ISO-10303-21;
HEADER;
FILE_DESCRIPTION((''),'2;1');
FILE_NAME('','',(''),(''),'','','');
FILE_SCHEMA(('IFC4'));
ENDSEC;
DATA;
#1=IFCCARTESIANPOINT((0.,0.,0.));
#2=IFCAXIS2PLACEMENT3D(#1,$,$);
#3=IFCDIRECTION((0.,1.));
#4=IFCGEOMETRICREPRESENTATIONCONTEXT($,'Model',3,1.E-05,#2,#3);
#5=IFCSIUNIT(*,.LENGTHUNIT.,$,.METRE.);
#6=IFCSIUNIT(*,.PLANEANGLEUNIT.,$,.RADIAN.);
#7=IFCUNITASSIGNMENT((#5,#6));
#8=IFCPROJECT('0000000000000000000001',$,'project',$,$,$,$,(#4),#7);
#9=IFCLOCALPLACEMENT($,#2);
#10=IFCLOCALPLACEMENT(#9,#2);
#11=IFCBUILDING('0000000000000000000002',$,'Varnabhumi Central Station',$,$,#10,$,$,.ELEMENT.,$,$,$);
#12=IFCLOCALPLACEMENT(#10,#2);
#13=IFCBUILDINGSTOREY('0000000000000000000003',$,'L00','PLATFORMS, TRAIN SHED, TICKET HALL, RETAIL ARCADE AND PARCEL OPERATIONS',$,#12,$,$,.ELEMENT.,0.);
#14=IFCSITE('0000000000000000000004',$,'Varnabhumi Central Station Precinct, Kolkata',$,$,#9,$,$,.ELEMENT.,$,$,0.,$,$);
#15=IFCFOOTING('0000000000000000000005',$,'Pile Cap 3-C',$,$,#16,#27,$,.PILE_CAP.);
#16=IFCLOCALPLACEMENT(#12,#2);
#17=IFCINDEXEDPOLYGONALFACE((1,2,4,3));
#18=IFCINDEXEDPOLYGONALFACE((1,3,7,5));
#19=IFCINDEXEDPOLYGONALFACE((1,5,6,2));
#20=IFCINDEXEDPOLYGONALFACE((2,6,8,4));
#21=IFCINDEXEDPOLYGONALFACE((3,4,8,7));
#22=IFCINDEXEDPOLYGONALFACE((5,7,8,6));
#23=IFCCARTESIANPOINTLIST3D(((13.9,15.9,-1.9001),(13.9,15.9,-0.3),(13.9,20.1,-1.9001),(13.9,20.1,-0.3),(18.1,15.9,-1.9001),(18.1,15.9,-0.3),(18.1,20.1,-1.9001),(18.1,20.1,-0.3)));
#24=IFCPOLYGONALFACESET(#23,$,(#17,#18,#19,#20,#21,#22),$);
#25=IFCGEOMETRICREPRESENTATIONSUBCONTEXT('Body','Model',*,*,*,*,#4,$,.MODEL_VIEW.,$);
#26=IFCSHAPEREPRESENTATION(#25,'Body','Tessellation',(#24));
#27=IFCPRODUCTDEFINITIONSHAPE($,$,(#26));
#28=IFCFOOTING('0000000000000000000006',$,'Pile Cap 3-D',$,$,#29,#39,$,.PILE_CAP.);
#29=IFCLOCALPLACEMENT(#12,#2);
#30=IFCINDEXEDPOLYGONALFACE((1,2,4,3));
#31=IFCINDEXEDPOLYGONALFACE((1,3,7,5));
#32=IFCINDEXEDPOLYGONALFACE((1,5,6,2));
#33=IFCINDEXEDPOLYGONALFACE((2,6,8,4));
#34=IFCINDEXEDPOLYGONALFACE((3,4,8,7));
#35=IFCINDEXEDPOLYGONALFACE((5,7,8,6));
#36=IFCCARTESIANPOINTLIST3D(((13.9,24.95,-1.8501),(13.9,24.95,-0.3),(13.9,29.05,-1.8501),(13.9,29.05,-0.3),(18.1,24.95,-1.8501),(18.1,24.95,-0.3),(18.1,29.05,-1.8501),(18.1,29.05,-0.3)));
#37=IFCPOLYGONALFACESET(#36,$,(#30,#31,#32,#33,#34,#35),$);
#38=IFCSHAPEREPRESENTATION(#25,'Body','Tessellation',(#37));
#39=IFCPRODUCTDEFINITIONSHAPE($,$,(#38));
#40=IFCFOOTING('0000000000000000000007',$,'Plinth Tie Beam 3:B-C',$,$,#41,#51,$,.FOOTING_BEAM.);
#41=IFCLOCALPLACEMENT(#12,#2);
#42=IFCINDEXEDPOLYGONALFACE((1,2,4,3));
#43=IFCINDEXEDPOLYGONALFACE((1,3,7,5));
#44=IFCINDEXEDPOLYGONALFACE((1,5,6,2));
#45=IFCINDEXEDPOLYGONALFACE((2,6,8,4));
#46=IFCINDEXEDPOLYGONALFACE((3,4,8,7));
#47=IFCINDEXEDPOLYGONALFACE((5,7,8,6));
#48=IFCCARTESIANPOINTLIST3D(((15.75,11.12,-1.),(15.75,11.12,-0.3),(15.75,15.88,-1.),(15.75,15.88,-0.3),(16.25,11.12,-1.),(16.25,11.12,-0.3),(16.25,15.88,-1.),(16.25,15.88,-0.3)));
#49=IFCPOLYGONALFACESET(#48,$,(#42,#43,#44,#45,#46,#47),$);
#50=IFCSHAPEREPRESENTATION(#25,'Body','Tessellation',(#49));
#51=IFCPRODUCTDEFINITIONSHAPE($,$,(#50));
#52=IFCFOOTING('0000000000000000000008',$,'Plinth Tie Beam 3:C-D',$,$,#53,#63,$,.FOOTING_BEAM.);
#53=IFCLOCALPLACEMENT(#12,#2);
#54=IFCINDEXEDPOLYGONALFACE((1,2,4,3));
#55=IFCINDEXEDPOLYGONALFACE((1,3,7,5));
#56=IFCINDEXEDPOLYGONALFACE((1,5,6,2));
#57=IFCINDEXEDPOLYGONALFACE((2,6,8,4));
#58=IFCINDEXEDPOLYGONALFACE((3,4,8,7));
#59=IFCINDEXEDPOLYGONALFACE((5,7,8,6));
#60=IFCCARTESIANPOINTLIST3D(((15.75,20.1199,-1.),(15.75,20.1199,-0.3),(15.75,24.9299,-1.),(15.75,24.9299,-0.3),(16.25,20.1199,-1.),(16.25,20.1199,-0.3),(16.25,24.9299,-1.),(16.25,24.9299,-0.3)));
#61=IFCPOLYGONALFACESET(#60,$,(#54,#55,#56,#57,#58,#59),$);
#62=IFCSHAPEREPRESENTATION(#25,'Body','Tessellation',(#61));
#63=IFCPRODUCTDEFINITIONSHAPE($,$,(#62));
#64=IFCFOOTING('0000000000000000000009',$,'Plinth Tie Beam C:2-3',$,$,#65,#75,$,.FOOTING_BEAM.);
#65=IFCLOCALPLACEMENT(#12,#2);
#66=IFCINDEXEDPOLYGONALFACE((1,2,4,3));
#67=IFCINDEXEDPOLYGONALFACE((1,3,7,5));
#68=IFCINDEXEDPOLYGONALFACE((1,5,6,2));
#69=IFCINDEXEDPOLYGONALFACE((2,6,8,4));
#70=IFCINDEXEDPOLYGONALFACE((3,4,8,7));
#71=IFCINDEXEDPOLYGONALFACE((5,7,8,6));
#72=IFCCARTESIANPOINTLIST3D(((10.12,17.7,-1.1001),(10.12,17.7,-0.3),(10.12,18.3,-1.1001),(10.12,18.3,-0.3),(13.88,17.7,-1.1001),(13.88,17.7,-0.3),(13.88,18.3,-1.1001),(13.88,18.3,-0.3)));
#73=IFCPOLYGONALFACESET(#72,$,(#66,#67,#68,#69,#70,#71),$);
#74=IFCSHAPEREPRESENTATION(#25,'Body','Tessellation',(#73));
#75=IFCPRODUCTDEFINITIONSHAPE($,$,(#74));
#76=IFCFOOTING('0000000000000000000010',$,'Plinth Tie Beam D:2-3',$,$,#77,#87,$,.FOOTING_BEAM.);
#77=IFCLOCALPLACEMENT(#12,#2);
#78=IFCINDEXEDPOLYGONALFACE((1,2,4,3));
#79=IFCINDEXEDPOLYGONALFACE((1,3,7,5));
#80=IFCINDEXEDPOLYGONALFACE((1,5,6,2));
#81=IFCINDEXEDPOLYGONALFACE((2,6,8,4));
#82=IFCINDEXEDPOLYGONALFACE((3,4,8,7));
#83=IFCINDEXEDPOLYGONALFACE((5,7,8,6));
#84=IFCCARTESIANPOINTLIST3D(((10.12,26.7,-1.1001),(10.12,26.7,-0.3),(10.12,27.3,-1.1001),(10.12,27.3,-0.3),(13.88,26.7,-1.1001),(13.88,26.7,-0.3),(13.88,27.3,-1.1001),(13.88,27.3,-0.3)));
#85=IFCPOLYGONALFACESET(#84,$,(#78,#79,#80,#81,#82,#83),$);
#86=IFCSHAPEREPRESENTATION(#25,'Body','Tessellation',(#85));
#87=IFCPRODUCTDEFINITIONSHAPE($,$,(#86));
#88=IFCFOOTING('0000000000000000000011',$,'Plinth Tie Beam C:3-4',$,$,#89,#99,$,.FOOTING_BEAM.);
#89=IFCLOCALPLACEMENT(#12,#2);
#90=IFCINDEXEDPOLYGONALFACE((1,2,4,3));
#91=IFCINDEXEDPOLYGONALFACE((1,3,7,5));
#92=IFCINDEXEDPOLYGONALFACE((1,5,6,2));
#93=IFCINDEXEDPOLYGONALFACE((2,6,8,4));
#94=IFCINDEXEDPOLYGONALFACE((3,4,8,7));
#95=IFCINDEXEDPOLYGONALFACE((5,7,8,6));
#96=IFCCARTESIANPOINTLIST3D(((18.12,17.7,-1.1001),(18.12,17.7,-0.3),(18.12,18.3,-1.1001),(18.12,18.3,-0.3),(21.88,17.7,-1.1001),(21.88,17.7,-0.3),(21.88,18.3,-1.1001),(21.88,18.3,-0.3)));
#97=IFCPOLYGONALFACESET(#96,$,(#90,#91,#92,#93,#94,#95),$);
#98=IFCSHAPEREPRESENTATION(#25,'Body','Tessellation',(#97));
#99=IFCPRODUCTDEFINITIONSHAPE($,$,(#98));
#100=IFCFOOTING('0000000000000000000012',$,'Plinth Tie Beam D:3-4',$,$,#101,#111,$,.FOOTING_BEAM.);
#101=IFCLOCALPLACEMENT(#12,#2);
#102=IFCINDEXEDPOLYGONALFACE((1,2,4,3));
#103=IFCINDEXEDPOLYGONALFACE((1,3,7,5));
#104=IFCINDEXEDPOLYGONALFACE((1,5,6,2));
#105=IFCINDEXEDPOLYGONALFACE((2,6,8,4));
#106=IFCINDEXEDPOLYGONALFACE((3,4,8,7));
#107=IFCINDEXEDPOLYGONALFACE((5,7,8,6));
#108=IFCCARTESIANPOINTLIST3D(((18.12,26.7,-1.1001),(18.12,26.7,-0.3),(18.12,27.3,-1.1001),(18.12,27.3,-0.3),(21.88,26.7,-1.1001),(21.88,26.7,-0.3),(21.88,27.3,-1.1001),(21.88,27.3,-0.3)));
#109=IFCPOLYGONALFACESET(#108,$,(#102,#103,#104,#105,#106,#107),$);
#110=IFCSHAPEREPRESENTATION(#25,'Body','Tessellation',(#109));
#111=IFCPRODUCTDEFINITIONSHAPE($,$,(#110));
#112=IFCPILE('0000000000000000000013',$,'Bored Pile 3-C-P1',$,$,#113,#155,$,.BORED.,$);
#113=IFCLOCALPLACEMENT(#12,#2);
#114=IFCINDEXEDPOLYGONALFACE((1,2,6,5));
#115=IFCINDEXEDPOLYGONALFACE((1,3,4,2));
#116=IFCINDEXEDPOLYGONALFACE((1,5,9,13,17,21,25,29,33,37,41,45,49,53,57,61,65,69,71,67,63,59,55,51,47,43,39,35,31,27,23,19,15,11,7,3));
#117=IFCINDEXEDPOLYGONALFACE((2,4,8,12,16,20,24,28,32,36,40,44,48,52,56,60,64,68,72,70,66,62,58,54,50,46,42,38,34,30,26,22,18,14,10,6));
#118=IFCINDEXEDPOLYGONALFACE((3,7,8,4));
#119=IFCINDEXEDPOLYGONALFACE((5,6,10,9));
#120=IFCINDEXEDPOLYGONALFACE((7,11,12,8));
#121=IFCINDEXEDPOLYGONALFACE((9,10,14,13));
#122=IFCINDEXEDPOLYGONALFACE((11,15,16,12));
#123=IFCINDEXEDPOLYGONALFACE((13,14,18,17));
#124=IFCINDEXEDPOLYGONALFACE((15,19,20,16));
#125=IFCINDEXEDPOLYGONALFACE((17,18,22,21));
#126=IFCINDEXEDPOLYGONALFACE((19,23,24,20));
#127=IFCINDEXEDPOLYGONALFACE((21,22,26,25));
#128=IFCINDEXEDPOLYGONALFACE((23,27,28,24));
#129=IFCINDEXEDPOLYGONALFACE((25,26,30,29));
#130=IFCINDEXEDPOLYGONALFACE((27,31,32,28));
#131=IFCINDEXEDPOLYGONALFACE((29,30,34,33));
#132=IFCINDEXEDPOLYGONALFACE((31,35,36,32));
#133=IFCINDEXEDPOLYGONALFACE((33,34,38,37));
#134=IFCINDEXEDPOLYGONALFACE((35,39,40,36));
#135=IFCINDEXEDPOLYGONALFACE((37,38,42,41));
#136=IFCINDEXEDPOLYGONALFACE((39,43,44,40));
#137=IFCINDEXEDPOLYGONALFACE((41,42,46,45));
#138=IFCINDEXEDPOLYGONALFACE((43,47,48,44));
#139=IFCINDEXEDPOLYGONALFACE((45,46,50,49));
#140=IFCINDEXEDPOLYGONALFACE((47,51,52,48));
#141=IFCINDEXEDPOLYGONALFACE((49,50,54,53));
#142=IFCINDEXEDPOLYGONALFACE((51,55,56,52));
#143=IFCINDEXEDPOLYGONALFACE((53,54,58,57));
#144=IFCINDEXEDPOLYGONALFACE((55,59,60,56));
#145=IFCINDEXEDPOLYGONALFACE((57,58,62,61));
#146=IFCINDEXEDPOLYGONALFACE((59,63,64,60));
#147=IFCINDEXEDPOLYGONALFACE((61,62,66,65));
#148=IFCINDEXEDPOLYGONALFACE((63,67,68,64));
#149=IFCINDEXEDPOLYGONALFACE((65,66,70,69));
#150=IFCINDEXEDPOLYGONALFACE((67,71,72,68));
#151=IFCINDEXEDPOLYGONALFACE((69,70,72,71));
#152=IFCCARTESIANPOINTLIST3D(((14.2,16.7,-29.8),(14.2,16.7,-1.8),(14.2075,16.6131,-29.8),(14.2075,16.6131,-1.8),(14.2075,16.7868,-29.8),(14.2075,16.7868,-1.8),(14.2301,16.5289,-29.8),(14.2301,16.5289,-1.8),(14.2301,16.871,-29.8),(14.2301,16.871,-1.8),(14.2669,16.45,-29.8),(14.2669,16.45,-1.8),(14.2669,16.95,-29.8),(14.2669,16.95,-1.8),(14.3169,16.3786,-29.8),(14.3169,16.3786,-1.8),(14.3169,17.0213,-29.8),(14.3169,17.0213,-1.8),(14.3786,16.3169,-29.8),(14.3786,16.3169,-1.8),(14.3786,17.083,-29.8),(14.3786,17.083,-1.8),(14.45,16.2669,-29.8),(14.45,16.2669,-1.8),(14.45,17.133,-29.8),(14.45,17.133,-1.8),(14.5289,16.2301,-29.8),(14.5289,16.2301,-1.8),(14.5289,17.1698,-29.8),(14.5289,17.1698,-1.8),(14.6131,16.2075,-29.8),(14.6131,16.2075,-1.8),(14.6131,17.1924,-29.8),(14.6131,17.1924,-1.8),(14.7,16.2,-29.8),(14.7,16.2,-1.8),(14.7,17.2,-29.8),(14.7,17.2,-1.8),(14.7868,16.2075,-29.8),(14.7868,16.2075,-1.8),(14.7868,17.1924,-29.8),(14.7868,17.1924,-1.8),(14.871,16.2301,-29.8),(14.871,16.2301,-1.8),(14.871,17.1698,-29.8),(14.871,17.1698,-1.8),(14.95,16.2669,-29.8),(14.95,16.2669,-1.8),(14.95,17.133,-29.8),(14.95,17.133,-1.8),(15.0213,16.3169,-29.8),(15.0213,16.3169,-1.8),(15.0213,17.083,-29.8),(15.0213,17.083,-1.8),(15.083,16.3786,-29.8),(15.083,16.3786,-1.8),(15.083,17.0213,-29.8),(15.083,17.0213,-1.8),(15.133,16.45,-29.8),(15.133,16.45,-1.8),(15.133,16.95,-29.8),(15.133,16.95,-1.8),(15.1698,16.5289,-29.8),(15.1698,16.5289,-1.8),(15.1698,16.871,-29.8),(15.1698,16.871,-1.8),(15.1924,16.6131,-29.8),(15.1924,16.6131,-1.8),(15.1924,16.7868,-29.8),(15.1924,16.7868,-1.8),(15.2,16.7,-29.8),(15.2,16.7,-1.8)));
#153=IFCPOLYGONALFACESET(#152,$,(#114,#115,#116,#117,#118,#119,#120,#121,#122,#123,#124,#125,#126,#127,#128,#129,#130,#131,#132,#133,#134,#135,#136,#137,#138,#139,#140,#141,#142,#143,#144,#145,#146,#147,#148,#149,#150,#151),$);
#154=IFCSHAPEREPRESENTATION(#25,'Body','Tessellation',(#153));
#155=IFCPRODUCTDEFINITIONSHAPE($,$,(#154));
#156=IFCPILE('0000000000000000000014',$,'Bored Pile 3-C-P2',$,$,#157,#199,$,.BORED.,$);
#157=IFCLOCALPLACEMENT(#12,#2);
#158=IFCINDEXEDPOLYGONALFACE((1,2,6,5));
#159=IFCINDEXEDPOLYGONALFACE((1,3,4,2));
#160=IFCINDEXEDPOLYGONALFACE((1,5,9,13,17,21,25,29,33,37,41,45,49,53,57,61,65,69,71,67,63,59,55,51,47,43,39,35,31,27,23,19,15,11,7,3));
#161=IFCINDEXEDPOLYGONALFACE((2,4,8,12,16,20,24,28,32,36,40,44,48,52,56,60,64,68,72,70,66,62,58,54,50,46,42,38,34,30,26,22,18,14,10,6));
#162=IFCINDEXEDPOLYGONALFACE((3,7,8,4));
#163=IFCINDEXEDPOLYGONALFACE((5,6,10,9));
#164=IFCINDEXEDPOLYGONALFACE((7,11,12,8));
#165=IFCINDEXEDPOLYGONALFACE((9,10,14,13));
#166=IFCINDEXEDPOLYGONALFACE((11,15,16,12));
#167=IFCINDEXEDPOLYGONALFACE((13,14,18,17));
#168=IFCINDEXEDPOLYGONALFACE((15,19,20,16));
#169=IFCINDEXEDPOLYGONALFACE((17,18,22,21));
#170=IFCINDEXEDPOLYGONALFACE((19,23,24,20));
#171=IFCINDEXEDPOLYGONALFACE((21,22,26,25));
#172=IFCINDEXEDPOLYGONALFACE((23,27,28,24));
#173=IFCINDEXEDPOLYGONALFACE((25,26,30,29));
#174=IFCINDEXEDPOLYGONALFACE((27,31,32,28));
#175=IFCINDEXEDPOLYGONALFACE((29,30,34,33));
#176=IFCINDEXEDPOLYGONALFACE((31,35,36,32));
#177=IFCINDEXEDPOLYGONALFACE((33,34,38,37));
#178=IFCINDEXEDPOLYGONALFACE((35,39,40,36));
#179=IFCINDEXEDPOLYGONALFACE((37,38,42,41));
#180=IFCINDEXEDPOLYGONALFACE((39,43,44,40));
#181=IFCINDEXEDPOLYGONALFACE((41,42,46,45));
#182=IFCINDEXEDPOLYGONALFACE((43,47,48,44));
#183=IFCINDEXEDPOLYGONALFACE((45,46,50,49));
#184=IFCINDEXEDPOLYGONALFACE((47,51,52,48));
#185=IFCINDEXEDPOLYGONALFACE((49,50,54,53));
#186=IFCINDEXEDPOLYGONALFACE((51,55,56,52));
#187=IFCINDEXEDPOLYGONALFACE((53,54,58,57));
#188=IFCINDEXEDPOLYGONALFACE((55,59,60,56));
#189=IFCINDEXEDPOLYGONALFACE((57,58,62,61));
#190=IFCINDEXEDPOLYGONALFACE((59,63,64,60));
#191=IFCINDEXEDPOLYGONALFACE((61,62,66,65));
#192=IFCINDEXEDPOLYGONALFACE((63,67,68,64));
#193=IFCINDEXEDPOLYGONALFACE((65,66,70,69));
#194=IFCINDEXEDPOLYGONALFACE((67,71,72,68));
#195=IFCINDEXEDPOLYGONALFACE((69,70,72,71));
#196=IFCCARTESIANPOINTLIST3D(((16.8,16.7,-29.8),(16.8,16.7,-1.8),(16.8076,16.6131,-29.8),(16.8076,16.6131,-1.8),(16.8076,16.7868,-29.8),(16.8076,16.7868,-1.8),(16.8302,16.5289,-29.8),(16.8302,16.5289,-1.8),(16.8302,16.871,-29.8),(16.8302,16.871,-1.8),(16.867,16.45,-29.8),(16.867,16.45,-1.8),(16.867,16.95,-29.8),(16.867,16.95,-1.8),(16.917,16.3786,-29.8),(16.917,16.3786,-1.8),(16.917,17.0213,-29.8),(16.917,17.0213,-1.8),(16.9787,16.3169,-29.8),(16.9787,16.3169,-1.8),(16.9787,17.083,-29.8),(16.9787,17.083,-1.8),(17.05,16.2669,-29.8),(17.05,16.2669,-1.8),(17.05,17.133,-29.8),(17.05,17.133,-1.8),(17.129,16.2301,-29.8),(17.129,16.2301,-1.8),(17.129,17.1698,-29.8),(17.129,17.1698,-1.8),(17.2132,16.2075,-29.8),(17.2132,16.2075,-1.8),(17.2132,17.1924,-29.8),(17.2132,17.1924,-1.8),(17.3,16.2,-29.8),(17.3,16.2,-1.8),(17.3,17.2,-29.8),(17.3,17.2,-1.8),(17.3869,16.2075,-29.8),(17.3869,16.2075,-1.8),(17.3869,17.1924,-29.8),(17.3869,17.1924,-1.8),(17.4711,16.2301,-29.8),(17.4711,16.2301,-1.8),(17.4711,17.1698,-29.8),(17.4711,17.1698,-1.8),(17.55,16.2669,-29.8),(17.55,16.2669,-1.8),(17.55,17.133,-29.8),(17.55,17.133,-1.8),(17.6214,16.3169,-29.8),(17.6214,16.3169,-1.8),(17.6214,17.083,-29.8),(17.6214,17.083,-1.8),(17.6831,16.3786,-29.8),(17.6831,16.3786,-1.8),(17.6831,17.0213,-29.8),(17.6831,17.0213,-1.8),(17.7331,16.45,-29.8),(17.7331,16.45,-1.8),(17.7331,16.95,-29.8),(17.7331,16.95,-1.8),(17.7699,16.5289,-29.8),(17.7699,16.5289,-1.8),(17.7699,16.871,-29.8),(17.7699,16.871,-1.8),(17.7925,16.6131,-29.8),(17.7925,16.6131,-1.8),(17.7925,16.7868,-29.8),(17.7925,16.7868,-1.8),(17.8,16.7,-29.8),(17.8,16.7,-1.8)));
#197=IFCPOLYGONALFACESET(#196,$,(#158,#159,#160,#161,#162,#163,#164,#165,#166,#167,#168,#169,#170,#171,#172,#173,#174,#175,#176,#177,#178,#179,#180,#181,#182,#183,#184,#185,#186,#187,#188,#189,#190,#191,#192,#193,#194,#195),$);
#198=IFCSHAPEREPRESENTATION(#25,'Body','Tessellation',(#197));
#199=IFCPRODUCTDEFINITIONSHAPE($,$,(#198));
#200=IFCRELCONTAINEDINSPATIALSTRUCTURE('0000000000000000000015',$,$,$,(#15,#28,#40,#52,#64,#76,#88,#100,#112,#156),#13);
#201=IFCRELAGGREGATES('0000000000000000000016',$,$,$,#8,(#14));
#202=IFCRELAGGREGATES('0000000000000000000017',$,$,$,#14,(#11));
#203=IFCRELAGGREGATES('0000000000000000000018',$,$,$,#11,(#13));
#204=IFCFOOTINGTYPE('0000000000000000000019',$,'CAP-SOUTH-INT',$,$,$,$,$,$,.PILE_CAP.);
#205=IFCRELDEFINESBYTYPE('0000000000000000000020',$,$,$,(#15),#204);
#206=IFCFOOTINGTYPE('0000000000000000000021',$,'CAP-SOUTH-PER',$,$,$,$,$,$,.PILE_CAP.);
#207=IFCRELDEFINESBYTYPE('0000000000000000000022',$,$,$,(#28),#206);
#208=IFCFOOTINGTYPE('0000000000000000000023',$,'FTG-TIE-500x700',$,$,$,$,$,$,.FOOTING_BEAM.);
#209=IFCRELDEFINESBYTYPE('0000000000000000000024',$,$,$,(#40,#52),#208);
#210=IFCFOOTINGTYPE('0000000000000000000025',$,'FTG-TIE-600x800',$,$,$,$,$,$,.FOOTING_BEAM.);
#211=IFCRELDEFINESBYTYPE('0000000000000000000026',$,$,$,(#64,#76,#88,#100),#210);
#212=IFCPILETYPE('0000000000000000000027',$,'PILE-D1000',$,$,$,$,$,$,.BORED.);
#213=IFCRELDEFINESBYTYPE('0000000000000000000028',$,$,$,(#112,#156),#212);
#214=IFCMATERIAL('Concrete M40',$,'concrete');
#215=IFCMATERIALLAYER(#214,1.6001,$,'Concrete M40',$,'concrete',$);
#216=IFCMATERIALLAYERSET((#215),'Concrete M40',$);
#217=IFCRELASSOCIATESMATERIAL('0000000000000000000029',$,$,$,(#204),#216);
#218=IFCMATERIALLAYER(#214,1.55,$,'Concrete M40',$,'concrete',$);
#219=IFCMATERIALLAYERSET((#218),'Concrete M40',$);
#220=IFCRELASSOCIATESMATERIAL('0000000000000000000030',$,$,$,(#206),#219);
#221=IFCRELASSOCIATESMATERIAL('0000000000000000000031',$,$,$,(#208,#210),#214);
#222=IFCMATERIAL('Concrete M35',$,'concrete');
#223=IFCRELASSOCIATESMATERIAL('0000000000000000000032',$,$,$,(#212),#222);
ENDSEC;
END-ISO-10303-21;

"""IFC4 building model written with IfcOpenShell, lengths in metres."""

from ifc_helpers import new_model, si_unit, direction, frame, origin, origin_2d, place, context, subcontext, project, spatial, rectangle, circle, extrude, material, layer, layer_set, material_profile, profile_set, type_object, element, save


model = new_model("IFC4")

# Units and contexts
model_context = context("Model", 3, precision=1e-05, world=origin(), true_north=direction((0.0, 1.0)))
body_context = subcontext(model_context, "Body", "Model", "MODEL_VIEW")
ifc_project = project(units=[si_unit("LENGTHUNIT", "METRE"), si_unit("PLANEANGLEUNIT", "RADIAN")], contexts=[model_context])

# Site, building, storey
site_placement = place(None, origin())
site = spatial("IfcSite", under=ifc_project, at=site_placement, Name="Varnabhumi Central Station Precinct, Kolkata", CompositionType="ELEMENT", RefElevation=0.0)
building_placement = place(site_placement, origin())
building = spatial("IfcBuilding", under=site, at=building_placement, Name="Varnabhumi Central Station", CompositionType="ELEMENT")
storey_placement = place(building_placement, origin())
storey = spatial("IfcBuildingStorey", under=building, at=storey_placement, Name="L00", Description="PLATFORMS, TRAIN SHED, TICKET HALL, RETAIL ARCADE AND PARCEL OPERATIONS", CompositionType="ELEMENT", Elevation=0.0)

# Footings
ifc_material_1 = material(Name="Concrete M40", Category="concrete")
ifc_layer_1 = layer(ifc_material_1, 1.6001, Name="Concrete M40", Category="concrete")
ifc_layer_set_1 = layer_set([ifc_layer_1], Name="Concrete M40")
footing_type_1 = type_object("IfcFootingType", Name="CAP-SOUTH-INT", PredefinedType="PILE_CAP", material=ifc_layer_set_1)
footing_1_placement = place(storey_placement, frame((16.0, 18.0, -1.9001), z_axis=(0.0, 0.0, 1.0), x_axis=(1.0, 0.0, 0.0)))
element("IfcFooting", 1, at=footing_1_placement, inside=storey, type_object=footing_type_1, Name="Pile Cap 3-C", PredefinedType="PILE_CAP", context=body_context, shape_type="SweptSolid", body=[
    extrude(rectangle(XDim=4.2, YDim=4.2, at=origin_2d()), origin(), (0.0, 0.0, 1.0), 1.6001),
])
ifc_layer_2 = layer(ifc_material_1, 1.55, Name="Concrete M40", Category="concrete")
ifc_layer_set_2 = layer_set([ifc_layer_2], Name="Concrete M40")
footing_type_2 = type_object("IfcFootingType", Name="CAP-SOUTH-PER", PredefinedType="PILE_CAP", material=ifc_layer_set_2)
footing_2_placement = place(storey_placement, frame((16.0, 27.0, -1.8501), z_axis=(0.0, 0.0, 1.0), x_axis=(1.0, 0.0, 0.0)))
element("IfcFooting", 2, at=footing_2_placement, inside=storey, type_object=footing_type_2, Name="Pile Cap 3-D", PredefinedType="PILE_CAP", context=body_context, shape_type="SweptSolid", body=[
    extrude(rectangle(XDim=4.2, YDim=4.1001, at=origin_2d()), origin(), (0.0, 0.0, 1.0), 1.55),
])
footing_type_3 = type_object("IfcFootingType", Name="FTG-TIE-500x700", PredefinedType="FOOTING_BEAM", material=ifc_material_1)
footing_3_placement = place(storey_placement, frame((16.0, 13.5, -1.0), z_axis=(0.0, 0.0, 1.0), x_axis=(1.0, 0.0, 0.0)))
element("IfcFooting", 3, at=footing_3_placement, inside=storey, type_object=footing_type_3, Name="Plinth Tie Beam 3:B-C", PredefinedType="FOOTING_BEAM", context=body_context, shape_type="SweptSolid", body=[
    extrude(rectangle(XDim=0.5, YDim=4.76, at=origin_2d()), origin(), (0.0, 0.0, 1.0), 0.7),
])
footing_4_placement = place(storey_placement, frame((16.0, 22.5249, -1.0), z_axis=(0.0, 0.0, 1.0), x_axis=(1.0, 0.0, 0.0)))
element("IfcFooting", 4, at=footing_4_placement, inside=storey, type_object=footing_type_3, Name="Plinth Tie Beam 3:C-D", PredefinedType="FOOTING_BEAM", context=body_context, shape_type="SweptSolid", body=[
    extrude(rectangle(XDim=0.5, YDim=4.8101, at=origin_2d()), origin(), (0.0, 0.0, 1.0), 0.7),
])
footing_type_4 = type_object("IfcFootingType", Name="FTG-TIE-600x800", PredefinedType="FOOTING_BEAM", material=ifc_material_1)
for number, where, z_axis, x_axis, name in (
    (5, (12.0, 18.0, -1.1001), (0.0, 0.0, 1.0), (1.0, 0.0, 0.0), "Plinth Tie Beam C:2-3"),
    (6, (12.0, 27.0, -1.1001), (0.0, 0.0, 1.0), (1.0, 0.0, 0.0), "Plinth Tie Beam D:2-3"),
    (7, (20.0, 18.0, -1.1001), (0.0, 0.0, 1.0), (1.0, 0.0, 0.0), "Plinth Tie Beam C:3-4"),
    (8, (20.0, 27.0, -1.1001), (0.0, 0.0, 1.0), (1.0, 0.0, 0.0), "Plinth Tie Beam D:3-4"),
):
    element("IfcFooting", number, at=place(storey_placement, frame(where, z_axis=z_axis, x_axis=x_axis)), inside=storey, type_object=footing_type_4, Name=name, PredefinedType="FOOTING_BEAM", context=body_context, shape_type="SweptSolid", body=[
        extrude(rectangle(XDim=3.76, YDim=0.6001, at=origin_2d()), origin(), (0.0, 0.0, 1.0), 0.8),
    ])

# Piles
ifc_material_2 = material(Name="Concrete M35", Category="concrete")
ifc_material_profile_1 = material_profile(ifc_material_2, circle(Radius=0.5, at=origin_2d()), Name="Concrete M35", Category="concrete")
ifc_profile_set_1 = profile_set([ifc_material_profile_1], Name="Concrete M35")
pile_type_1 = type_object("IfcPileType", Name="PILE-D1000", PredefinedType="BORED", material=ifc_profile_set_1)
for number, where, z_axis, x_axis, name in (
    (9, (14.7, 16.7, -1.8), (0.0, 0.0, -1.0), (1.0, 0.0, 0.0), "Bored Pile 3-C-P1"),
    (10, (17.3, 16.7, -1.8), (0.0, 0.0, -1.0), (1.0, 0.0, 0.0), "Bored Pile 3-C-P2"),
):
    element("IfcPile", number, at=place(storey_placement, frame(where, z_axis=z_axis, x_axis=x_axis)), inside=storey, type_object=pile_type_1, Name=name, PredefinedType="BORED", context=body_context, shape_type="SweptSolid", body=[
        extrude(circle(Radius=0.5, at=origin_2d()), origin(), (0.0, 0.0, 1.0), 28.0),
    ])

save(model, "model.ifc")
